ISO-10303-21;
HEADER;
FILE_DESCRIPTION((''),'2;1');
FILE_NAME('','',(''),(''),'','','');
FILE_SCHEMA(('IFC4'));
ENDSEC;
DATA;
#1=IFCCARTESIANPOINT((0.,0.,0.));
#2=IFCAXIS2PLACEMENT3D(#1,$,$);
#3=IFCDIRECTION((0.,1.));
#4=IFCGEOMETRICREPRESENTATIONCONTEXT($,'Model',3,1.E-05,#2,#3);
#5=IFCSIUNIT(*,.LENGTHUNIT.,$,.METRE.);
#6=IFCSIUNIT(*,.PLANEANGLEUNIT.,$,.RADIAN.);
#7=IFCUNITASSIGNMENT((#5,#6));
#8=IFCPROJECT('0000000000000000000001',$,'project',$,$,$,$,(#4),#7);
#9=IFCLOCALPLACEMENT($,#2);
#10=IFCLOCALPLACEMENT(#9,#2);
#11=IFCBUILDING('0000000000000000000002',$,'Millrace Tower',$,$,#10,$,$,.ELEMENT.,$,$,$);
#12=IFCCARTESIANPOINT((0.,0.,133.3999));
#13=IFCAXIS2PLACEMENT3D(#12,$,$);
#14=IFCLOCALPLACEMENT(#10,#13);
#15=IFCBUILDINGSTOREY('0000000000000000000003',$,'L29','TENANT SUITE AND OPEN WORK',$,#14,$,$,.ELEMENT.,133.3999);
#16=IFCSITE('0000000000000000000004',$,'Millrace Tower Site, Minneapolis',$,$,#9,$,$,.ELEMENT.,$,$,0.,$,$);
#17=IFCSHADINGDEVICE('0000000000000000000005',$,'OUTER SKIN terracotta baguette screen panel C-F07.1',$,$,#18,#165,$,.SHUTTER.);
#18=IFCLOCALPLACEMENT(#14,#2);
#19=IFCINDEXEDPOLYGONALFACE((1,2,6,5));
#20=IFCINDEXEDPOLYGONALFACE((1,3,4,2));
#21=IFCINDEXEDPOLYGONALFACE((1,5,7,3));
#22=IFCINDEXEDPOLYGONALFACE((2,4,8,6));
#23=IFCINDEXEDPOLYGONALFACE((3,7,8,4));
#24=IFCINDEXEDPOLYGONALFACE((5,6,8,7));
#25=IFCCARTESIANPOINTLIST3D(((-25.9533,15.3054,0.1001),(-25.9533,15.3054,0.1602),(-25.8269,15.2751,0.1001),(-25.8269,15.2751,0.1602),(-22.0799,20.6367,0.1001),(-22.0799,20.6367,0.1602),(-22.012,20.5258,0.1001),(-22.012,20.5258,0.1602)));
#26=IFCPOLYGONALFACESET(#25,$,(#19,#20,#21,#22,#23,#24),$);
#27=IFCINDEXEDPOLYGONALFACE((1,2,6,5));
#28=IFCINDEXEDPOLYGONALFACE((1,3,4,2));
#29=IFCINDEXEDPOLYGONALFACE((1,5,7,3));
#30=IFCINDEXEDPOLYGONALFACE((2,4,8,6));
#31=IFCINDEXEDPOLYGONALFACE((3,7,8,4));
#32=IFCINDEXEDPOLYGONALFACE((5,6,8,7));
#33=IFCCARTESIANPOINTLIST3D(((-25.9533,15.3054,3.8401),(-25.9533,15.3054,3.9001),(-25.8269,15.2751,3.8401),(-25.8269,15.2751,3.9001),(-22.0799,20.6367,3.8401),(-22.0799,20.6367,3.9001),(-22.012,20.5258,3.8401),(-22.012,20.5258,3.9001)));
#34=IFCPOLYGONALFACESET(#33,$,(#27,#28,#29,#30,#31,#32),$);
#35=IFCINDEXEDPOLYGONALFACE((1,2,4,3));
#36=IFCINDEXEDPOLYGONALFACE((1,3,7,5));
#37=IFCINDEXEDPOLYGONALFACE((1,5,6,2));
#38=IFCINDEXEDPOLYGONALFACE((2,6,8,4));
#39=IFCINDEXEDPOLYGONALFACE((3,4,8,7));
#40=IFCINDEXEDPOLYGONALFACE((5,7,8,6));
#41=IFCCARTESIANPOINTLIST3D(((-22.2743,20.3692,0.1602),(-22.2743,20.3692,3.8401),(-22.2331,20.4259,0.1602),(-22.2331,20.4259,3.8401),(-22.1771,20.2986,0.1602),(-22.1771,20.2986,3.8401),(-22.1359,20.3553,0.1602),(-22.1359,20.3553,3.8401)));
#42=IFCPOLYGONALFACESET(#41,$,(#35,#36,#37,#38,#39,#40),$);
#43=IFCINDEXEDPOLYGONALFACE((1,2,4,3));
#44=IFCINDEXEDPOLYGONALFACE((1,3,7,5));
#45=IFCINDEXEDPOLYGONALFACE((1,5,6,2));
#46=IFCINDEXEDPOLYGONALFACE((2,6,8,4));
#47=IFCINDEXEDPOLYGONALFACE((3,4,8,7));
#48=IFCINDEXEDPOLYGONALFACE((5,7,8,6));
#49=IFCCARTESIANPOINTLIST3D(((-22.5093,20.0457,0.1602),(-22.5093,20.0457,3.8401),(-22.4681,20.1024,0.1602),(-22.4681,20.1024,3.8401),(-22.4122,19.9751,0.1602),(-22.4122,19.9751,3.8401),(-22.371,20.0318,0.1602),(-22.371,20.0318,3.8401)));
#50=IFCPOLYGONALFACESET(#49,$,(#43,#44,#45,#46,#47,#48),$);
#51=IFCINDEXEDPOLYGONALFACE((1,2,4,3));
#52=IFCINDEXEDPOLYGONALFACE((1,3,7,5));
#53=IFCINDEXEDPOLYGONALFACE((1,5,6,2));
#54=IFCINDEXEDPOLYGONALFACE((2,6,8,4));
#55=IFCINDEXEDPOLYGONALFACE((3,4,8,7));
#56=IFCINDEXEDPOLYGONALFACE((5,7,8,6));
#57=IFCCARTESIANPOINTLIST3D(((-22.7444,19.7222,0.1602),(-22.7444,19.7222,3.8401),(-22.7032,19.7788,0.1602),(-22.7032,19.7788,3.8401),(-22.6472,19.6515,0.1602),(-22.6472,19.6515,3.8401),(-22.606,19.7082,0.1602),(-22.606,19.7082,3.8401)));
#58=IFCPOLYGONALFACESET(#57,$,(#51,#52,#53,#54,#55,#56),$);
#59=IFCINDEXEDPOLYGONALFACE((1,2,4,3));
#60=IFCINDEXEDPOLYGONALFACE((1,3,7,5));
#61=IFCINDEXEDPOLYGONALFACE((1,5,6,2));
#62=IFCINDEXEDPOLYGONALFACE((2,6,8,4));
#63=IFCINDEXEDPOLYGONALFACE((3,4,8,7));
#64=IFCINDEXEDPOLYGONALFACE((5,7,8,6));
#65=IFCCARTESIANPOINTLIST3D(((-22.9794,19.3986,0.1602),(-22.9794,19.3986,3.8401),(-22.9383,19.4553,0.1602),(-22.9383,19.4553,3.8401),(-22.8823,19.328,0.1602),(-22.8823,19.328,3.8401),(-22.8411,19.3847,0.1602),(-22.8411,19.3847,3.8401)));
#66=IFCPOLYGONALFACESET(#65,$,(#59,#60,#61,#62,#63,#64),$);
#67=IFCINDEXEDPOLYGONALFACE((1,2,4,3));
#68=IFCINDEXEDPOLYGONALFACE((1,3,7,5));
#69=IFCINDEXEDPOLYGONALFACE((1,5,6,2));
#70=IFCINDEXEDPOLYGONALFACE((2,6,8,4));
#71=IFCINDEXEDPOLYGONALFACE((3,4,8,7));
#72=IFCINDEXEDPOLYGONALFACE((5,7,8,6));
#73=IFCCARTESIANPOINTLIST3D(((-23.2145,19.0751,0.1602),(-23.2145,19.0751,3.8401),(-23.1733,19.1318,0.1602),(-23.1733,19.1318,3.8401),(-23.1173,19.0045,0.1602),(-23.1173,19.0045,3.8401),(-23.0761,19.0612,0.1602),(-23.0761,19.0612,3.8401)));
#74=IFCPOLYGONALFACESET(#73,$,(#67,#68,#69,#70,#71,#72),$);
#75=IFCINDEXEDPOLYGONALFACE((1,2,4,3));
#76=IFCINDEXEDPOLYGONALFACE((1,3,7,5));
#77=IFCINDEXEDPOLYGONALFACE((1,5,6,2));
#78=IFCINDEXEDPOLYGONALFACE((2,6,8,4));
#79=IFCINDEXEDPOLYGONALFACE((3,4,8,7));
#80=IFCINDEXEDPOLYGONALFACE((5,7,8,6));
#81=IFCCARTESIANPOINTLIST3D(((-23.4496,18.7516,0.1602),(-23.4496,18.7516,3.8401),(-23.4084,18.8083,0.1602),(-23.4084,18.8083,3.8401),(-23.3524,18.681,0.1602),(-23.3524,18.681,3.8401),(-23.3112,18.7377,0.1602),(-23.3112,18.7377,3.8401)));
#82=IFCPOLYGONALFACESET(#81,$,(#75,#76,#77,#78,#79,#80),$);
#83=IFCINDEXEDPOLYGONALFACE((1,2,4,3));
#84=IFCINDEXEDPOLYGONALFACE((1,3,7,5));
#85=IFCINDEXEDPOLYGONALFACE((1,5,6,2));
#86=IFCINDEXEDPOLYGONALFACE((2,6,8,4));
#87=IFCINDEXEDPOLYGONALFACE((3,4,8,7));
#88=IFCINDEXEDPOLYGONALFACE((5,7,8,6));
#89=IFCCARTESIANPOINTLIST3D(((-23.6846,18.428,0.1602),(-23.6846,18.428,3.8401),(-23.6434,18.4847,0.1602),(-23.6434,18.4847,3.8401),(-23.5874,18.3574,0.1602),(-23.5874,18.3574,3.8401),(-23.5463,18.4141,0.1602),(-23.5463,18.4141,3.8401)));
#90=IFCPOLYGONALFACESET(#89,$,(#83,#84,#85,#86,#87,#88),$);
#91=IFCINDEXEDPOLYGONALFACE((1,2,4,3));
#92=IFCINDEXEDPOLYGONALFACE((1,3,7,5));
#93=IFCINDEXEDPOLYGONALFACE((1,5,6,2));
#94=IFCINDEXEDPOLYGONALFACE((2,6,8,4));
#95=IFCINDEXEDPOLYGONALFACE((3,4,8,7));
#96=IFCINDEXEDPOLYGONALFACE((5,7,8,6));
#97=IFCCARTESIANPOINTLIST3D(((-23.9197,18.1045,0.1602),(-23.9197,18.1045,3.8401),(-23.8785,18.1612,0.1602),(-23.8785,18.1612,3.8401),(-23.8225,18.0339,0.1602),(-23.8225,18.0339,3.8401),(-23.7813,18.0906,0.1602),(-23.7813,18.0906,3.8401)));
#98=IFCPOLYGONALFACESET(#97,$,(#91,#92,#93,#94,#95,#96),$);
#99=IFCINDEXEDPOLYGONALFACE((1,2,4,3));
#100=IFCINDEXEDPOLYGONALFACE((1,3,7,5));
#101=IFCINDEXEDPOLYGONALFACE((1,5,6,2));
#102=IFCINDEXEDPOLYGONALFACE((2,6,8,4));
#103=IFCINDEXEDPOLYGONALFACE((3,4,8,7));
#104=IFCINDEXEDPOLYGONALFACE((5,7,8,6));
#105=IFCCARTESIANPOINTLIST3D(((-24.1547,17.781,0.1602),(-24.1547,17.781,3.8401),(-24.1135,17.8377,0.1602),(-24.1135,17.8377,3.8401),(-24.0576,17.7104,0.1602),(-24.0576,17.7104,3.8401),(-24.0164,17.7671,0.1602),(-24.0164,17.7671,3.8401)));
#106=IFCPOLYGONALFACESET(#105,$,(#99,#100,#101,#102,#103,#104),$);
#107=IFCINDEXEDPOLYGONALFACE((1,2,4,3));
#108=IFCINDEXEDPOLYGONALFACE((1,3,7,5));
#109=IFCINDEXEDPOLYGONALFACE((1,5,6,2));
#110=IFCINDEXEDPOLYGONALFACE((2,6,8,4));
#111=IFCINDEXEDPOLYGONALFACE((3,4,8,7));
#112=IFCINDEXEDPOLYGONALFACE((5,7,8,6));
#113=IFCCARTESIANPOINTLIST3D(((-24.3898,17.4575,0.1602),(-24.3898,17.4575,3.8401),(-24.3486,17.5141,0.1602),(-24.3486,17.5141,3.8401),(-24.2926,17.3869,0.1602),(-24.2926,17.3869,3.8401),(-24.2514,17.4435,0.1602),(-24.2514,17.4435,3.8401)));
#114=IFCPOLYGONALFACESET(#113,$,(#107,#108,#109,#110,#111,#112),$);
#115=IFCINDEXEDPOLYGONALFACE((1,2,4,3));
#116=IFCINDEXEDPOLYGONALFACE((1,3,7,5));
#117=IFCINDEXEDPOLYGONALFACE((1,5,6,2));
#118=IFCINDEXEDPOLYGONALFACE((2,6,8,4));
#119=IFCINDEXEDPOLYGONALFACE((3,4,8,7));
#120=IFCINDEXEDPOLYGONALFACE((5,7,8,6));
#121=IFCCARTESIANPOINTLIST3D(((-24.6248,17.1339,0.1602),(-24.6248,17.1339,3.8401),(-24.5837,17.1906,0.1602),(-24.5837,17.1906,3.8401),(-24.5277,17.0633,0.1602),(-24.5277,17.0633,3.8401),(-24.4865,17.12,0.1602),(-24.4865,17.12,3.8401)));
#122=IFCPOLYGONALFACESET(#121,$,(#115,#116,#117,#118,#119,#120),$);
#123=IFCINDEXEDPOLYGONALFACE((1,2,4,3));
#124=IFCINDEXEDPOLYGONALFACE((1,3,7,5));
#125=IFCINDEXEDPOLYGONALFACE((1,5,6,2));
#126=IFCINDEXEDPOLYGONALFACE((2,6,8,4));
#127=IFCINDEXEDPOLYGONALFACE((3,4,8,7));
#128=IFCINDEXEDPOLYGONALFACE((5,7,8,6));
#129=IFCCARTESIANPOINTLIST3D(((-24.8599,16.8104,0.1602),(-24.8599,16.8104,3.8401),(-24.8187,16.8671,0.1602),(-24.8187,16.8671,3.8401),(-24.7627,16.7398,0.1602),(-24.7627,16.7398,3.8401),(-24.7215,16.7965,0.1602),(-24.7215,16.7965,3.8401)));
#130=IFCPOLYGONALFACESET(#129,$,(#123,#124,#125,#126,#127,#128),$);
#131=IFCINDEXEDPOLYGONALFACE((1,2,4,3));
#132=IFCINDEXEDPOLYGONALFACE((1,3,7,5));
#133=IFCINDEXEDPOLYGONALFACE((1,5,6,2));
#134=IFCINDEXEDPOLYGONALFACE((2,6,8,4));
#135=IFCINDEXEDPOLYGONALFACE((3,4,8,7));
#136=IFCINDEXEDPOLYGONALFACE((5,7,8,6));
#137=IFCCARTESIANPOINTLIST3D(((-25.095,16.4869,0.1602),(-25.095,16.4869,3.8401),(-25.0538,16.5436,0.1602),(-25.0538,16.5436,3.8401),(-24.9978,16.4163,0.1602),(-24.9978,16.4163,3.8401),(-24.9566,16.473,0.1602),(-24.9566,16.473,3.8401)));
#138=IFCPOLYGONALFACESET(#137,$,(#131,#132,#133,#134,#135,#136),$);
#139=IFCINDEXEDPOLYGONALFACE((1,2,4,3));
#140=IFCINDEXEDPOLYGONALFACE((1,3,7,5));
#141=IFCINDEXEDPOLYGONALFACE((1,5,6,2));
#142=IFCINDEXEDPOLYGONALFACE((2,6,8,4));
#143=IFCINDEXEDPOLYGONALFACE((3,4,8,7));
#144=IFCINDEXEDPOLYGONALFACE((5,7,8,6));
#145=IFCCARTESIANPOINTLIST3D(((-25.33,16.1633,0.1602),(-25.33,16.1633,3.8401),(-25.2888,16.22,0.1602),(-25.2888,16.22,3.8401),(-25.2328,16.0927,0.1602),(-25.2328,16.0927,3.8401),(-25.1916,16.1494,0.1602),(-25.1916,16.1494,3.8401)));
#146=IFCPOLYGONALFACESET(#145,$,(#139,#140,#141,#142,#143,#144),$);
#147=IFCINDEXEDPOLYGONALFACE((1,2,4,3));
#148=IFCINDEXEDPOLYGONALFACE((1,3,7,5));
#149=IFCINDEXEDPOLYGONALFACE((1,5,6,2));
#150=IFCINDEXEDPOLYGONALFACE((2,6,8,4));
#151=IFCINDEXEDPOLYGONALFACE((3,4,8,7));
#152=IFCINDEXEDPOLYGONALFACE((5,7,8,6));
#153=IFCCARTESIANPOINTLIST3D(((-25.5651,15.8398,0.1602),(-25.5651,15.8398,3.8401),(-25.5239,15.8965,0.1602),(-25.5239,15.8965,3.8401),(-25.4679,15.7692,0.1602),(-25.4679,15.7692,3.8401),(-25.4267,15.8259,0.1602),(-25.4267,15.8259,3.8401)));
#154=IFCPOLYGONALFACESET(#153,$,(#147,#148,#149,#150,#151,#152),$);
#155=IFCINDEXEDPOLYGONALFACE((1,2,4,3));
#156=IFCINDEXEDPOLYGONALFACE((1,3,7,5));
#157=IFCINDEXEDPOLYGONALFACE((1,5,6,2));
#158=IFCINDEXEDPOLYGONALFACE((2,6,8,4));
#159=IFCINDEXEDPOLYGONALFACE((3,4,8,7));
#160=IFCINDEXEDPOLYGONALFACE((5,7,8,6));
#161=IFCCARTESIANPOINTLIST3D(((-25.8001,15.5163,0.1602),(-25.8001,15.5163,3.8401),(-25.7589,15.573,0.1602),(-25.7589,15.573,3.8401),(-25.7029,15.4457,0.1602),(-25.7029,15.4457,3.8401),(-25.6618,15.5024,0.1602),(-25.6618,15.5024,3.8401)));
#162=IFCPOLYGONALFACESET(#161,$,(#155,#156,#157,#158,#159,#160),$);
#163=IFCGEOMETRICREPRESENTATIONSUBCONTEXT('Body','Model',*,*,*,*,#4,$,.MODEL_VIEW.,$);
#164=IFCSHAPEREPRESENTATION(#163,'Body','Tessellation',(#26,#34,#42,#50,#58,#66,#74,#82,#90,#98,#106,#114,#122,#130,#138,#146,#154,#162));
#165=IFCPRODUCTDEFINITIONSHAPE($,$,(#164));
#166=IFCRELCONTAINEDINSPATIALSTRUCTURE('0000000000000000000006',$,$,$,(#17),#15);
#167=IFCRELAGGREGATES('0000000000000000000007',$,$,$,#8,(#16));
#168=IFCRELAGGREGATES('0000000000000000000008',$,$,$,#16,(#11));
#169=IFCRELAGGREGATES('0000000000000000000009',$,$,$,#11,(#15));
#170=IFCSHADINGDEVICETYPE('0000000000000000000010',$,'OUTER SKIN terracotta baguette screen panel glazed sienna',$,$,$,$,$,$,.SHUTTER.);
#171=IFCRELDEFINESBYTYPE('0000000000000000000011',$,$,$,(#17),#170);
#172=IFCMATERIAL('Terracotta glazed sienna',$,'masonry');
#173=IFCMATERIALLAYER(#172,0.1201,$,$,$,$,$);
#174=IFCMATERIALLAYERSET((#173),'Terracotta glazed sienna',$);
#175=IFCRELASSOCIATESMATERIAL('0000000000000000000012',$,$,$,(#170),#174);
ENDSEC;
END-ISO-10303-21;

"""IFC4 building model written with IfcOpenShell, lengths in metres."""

from ifc_helpers import new_model, entity, si_unit, direction, frame, frame_2d, origin, place, context, subcontext, project, spatial, rectangle, extrude, source, transform, mapped, material, layer, layer_set, type_object, element, save


model = new_model("IFC4")

# Units and contexts
model_context = context("Model", 3, precision=1e-05, world=origin(), true_north=direction((0.0, 1.0)))
body_context = subcontext(model_context, "Body", "Model", "MODEL_VIEW")
ifc_project = project(units=[si_unit("LENGTHUNIT", "METRE"), si_unit("PLANEANGLEUNIT", "RADIAN")], contexts=[model_context])

# Site, building, storey
site_placement = place(None, origin())
site = spatial("IfcSite", under=ifc_project, at=site_placement, Name="Millrace Tower Site, Minneapolis", CompositionType="ELEMENT", RefElevation=0.0)
building_placement = place(site_placement, origin())
building = spatial("IfcBuilding", under=site, at=building_placement, Name="Millrace Tower", CompositionType="ELEMENT")
storey_placement = place(building_placement, frame((0.0, 0.0, 133.3999)))
storey = spatial("IfcBuildingStorey", under=building, at=storey_placement, Name="L29", Description="TENANT SUITE AND OPEN WORK", CompositionType="ELEMENT", Elevation=133.3999)

# Shading device
ifc_material_1 = material(Name="Terracotta glazed sienna", Category="masonry")
ifc_layer_1 = layer(ifc_material_1, 0.1201)
ifc_layer_set_1 = layer_set([ifc_layer_1], Name="Terracotta glazed sienna")
shading_device_type = type_object("IfcShadingDeviceType", Name="OUTER SKIN terracotta baguette screen panel glazed sienna", PredefinedType="SHUTTER", material=ifc_layer_set_1)
cartesian_point_1 = entity("IfcCartesianPoint", [-3.2451, 0.0601])
shared_polyline_1 = entity("IfcPolyline", [cartesian_point_1, entity("IfcCartesianPoint", [3.2451, 0.0601]), entity("IfcCartesianPoint", [3.2949, -0.0601]), entity("IfcCartesianPoint", [-3.2949, -0.0601]), cartesian_point_1])
shared_shape_1 = source(origin(), body_context, "Body", "SweptSolid", [
    entity("IfcExtrudedAreaSolid", entity("IfcArbitraryClosedProfileDef", "AREA", None, shared_polyline_1), entity("IfcAxis2Placement3D", entity("IfcCartesianPoint", [0.0, 0.0, 0.0])), entity("IfcDirection", [0.0, 0.0, 1.0]), 0.0601),
    entity("IfcExtrudedAreaSolid", entity("IfcArbitraryClosedProfileDef", "AREA", None, shared_polyline_1), entity("IfcAxis2Placement3D", entity("IfcCartesianPoint", [0.0, 0.0, 3.74])), entity("IfcDirection", [0.0, 0.0, 1.0]), 0.0601),
    extrude(rectangle(XDim=0.0701, YDim=0.1201, at=frame_2d((-2.9993, 0.0))), frame((0.0, 0.0, 0.0601)), (0.0, 0.0, 1.0), 3.6799),
    extrude(rectangle(XDim=0.0701, YDim=0.1201, at=frame_2d((-2.5994, 0.0))), frame((0.0, 0.0, 0.0601)), (0.0, 0.0, 1.0), 3.6799),
    extrude(rectangle(XDim=0.0701, YDim=0.1201, at=frame_2d((-2.1995, 0.0))), frame((0.0, 0.0, 0.0601)), (0.0, 0.0, 1.0), 3.6799),
    extrude(rectangle(XDim=0.0701, YDim=0.1201, at=frame_2d((-1.7996, 0.0))), frame((0.0, 0.0, 0.0601)), (0.0, 0.0, 1.0), 3.6799),
    extrude(rectangle(XDim=0.0701, YDim=0.1201, at=frame_2d((-1.3997, 0.0))), frame((0.0, 0.0, 0.0601)), (0.0, 0.0, 1.0), 3.6799),
    extrude(rectangle(XDim=0.0701, YDim=0.1201, at=frame_2d((-0.9998, 0.0))), frame((0.0, 0.0, 0.0601)), (0.0, 0.0, 1.0), 3.6799),
    extrude(rectangle(XDim=0.0701, YDim=0.1201, at=frame_2d((-0.5999, 0.0))), frame((0.0, 0.0, 0.0601)), (0.0, 0.0, 1.0), 3.6799),
    extrude(rectangle(XDim=0.0701, YDim=0.1201, at=frame_2d((-0.2, 0.0))), frame((0.0, 0.0, 0.0601)), (0.0, 0.0, 1.0), 3.6799),
    extrude(rectangle(XDim=0.0701, YDim=0.1201, at=frame_2d((0.2, 0.0))), frame((0.0, 0.0, 0.0601)), (0.0, 0.0, 1.0), 3.6799),
    extrude(rectangle(XDim=0.0701, YDim=0.1201, at=frame_2d((0.5999, 0.0))), frame((0.0, 0.0, 0.0601)), (0.0, 0.0, 1.0), 3.6799),
    extrude(rectangle(XDim=0.0701, YDim=0.1201, at=frame_2d((0.9998, 0.0))), frame((0.0, 0.0, 0.0601)), (0.0, 0.0, 1.0), 3.6799),
    extrude(rectangle(XDim=0.0701, YDim=0.1201, at=frame_2d((1.3997, 0.0))), frame((0.0, 0.0, 0.0601)), (0.0, 0.0, 1.0), 3.6799),
    extrude(rectangle(XDim=0.0701, YDim=0.1201, at=frame_2d((1.7996, 0.0))), frame((0.0, 0.0, 0.0601)), (0.0, 0.0, 1.0), 3.6799),
    extrude(rectangle(XDim=0.0701, YDim=0.1201, at=frame_2d((2.1995, 0.0))), frame((0.0, 0.0, 0.0601)), (0.0, 0.0, 1.0), 3.6799),
    extrude(rectangle(XDim=0.0701, YDim=0.1201, at=frame_2d((2.5994, 0.0))), frame((0.0, 0.0, 0.0601)), (0.0, 0.0, 1.0), 3.6799),
    extrude(rectangle(XDim=0.0701, YDim=0.1201, at=frame_2d((2.9993, 0.0))), frame((0.0, 0.0, 0.0601)), (0.0, 0.0, 1.0), 3.6799),
])
shading_device_1_placement = place(storey_placement, frame((-23.968, 17.9358, 0.1001), z_axis=(0.0, 0.0, 1.0), x_axis=(-0.587785, -0.809017, 0.0)))
element("IfcShadingDevice", 1, at=shading_device_1_placement, inside=storey, type_object=shading_device_type, Name="OUTER SKIN terracotta baguette screen panel C-F07.1", PredefinedType="SHUTTER", context=body_context, shape_type="MappedRepresentation", body=[
    mapped(shared_shape_1, transform((0.0, 0.0, 0.0), scale=1.0)),
])

save(model, "model.ifc")
